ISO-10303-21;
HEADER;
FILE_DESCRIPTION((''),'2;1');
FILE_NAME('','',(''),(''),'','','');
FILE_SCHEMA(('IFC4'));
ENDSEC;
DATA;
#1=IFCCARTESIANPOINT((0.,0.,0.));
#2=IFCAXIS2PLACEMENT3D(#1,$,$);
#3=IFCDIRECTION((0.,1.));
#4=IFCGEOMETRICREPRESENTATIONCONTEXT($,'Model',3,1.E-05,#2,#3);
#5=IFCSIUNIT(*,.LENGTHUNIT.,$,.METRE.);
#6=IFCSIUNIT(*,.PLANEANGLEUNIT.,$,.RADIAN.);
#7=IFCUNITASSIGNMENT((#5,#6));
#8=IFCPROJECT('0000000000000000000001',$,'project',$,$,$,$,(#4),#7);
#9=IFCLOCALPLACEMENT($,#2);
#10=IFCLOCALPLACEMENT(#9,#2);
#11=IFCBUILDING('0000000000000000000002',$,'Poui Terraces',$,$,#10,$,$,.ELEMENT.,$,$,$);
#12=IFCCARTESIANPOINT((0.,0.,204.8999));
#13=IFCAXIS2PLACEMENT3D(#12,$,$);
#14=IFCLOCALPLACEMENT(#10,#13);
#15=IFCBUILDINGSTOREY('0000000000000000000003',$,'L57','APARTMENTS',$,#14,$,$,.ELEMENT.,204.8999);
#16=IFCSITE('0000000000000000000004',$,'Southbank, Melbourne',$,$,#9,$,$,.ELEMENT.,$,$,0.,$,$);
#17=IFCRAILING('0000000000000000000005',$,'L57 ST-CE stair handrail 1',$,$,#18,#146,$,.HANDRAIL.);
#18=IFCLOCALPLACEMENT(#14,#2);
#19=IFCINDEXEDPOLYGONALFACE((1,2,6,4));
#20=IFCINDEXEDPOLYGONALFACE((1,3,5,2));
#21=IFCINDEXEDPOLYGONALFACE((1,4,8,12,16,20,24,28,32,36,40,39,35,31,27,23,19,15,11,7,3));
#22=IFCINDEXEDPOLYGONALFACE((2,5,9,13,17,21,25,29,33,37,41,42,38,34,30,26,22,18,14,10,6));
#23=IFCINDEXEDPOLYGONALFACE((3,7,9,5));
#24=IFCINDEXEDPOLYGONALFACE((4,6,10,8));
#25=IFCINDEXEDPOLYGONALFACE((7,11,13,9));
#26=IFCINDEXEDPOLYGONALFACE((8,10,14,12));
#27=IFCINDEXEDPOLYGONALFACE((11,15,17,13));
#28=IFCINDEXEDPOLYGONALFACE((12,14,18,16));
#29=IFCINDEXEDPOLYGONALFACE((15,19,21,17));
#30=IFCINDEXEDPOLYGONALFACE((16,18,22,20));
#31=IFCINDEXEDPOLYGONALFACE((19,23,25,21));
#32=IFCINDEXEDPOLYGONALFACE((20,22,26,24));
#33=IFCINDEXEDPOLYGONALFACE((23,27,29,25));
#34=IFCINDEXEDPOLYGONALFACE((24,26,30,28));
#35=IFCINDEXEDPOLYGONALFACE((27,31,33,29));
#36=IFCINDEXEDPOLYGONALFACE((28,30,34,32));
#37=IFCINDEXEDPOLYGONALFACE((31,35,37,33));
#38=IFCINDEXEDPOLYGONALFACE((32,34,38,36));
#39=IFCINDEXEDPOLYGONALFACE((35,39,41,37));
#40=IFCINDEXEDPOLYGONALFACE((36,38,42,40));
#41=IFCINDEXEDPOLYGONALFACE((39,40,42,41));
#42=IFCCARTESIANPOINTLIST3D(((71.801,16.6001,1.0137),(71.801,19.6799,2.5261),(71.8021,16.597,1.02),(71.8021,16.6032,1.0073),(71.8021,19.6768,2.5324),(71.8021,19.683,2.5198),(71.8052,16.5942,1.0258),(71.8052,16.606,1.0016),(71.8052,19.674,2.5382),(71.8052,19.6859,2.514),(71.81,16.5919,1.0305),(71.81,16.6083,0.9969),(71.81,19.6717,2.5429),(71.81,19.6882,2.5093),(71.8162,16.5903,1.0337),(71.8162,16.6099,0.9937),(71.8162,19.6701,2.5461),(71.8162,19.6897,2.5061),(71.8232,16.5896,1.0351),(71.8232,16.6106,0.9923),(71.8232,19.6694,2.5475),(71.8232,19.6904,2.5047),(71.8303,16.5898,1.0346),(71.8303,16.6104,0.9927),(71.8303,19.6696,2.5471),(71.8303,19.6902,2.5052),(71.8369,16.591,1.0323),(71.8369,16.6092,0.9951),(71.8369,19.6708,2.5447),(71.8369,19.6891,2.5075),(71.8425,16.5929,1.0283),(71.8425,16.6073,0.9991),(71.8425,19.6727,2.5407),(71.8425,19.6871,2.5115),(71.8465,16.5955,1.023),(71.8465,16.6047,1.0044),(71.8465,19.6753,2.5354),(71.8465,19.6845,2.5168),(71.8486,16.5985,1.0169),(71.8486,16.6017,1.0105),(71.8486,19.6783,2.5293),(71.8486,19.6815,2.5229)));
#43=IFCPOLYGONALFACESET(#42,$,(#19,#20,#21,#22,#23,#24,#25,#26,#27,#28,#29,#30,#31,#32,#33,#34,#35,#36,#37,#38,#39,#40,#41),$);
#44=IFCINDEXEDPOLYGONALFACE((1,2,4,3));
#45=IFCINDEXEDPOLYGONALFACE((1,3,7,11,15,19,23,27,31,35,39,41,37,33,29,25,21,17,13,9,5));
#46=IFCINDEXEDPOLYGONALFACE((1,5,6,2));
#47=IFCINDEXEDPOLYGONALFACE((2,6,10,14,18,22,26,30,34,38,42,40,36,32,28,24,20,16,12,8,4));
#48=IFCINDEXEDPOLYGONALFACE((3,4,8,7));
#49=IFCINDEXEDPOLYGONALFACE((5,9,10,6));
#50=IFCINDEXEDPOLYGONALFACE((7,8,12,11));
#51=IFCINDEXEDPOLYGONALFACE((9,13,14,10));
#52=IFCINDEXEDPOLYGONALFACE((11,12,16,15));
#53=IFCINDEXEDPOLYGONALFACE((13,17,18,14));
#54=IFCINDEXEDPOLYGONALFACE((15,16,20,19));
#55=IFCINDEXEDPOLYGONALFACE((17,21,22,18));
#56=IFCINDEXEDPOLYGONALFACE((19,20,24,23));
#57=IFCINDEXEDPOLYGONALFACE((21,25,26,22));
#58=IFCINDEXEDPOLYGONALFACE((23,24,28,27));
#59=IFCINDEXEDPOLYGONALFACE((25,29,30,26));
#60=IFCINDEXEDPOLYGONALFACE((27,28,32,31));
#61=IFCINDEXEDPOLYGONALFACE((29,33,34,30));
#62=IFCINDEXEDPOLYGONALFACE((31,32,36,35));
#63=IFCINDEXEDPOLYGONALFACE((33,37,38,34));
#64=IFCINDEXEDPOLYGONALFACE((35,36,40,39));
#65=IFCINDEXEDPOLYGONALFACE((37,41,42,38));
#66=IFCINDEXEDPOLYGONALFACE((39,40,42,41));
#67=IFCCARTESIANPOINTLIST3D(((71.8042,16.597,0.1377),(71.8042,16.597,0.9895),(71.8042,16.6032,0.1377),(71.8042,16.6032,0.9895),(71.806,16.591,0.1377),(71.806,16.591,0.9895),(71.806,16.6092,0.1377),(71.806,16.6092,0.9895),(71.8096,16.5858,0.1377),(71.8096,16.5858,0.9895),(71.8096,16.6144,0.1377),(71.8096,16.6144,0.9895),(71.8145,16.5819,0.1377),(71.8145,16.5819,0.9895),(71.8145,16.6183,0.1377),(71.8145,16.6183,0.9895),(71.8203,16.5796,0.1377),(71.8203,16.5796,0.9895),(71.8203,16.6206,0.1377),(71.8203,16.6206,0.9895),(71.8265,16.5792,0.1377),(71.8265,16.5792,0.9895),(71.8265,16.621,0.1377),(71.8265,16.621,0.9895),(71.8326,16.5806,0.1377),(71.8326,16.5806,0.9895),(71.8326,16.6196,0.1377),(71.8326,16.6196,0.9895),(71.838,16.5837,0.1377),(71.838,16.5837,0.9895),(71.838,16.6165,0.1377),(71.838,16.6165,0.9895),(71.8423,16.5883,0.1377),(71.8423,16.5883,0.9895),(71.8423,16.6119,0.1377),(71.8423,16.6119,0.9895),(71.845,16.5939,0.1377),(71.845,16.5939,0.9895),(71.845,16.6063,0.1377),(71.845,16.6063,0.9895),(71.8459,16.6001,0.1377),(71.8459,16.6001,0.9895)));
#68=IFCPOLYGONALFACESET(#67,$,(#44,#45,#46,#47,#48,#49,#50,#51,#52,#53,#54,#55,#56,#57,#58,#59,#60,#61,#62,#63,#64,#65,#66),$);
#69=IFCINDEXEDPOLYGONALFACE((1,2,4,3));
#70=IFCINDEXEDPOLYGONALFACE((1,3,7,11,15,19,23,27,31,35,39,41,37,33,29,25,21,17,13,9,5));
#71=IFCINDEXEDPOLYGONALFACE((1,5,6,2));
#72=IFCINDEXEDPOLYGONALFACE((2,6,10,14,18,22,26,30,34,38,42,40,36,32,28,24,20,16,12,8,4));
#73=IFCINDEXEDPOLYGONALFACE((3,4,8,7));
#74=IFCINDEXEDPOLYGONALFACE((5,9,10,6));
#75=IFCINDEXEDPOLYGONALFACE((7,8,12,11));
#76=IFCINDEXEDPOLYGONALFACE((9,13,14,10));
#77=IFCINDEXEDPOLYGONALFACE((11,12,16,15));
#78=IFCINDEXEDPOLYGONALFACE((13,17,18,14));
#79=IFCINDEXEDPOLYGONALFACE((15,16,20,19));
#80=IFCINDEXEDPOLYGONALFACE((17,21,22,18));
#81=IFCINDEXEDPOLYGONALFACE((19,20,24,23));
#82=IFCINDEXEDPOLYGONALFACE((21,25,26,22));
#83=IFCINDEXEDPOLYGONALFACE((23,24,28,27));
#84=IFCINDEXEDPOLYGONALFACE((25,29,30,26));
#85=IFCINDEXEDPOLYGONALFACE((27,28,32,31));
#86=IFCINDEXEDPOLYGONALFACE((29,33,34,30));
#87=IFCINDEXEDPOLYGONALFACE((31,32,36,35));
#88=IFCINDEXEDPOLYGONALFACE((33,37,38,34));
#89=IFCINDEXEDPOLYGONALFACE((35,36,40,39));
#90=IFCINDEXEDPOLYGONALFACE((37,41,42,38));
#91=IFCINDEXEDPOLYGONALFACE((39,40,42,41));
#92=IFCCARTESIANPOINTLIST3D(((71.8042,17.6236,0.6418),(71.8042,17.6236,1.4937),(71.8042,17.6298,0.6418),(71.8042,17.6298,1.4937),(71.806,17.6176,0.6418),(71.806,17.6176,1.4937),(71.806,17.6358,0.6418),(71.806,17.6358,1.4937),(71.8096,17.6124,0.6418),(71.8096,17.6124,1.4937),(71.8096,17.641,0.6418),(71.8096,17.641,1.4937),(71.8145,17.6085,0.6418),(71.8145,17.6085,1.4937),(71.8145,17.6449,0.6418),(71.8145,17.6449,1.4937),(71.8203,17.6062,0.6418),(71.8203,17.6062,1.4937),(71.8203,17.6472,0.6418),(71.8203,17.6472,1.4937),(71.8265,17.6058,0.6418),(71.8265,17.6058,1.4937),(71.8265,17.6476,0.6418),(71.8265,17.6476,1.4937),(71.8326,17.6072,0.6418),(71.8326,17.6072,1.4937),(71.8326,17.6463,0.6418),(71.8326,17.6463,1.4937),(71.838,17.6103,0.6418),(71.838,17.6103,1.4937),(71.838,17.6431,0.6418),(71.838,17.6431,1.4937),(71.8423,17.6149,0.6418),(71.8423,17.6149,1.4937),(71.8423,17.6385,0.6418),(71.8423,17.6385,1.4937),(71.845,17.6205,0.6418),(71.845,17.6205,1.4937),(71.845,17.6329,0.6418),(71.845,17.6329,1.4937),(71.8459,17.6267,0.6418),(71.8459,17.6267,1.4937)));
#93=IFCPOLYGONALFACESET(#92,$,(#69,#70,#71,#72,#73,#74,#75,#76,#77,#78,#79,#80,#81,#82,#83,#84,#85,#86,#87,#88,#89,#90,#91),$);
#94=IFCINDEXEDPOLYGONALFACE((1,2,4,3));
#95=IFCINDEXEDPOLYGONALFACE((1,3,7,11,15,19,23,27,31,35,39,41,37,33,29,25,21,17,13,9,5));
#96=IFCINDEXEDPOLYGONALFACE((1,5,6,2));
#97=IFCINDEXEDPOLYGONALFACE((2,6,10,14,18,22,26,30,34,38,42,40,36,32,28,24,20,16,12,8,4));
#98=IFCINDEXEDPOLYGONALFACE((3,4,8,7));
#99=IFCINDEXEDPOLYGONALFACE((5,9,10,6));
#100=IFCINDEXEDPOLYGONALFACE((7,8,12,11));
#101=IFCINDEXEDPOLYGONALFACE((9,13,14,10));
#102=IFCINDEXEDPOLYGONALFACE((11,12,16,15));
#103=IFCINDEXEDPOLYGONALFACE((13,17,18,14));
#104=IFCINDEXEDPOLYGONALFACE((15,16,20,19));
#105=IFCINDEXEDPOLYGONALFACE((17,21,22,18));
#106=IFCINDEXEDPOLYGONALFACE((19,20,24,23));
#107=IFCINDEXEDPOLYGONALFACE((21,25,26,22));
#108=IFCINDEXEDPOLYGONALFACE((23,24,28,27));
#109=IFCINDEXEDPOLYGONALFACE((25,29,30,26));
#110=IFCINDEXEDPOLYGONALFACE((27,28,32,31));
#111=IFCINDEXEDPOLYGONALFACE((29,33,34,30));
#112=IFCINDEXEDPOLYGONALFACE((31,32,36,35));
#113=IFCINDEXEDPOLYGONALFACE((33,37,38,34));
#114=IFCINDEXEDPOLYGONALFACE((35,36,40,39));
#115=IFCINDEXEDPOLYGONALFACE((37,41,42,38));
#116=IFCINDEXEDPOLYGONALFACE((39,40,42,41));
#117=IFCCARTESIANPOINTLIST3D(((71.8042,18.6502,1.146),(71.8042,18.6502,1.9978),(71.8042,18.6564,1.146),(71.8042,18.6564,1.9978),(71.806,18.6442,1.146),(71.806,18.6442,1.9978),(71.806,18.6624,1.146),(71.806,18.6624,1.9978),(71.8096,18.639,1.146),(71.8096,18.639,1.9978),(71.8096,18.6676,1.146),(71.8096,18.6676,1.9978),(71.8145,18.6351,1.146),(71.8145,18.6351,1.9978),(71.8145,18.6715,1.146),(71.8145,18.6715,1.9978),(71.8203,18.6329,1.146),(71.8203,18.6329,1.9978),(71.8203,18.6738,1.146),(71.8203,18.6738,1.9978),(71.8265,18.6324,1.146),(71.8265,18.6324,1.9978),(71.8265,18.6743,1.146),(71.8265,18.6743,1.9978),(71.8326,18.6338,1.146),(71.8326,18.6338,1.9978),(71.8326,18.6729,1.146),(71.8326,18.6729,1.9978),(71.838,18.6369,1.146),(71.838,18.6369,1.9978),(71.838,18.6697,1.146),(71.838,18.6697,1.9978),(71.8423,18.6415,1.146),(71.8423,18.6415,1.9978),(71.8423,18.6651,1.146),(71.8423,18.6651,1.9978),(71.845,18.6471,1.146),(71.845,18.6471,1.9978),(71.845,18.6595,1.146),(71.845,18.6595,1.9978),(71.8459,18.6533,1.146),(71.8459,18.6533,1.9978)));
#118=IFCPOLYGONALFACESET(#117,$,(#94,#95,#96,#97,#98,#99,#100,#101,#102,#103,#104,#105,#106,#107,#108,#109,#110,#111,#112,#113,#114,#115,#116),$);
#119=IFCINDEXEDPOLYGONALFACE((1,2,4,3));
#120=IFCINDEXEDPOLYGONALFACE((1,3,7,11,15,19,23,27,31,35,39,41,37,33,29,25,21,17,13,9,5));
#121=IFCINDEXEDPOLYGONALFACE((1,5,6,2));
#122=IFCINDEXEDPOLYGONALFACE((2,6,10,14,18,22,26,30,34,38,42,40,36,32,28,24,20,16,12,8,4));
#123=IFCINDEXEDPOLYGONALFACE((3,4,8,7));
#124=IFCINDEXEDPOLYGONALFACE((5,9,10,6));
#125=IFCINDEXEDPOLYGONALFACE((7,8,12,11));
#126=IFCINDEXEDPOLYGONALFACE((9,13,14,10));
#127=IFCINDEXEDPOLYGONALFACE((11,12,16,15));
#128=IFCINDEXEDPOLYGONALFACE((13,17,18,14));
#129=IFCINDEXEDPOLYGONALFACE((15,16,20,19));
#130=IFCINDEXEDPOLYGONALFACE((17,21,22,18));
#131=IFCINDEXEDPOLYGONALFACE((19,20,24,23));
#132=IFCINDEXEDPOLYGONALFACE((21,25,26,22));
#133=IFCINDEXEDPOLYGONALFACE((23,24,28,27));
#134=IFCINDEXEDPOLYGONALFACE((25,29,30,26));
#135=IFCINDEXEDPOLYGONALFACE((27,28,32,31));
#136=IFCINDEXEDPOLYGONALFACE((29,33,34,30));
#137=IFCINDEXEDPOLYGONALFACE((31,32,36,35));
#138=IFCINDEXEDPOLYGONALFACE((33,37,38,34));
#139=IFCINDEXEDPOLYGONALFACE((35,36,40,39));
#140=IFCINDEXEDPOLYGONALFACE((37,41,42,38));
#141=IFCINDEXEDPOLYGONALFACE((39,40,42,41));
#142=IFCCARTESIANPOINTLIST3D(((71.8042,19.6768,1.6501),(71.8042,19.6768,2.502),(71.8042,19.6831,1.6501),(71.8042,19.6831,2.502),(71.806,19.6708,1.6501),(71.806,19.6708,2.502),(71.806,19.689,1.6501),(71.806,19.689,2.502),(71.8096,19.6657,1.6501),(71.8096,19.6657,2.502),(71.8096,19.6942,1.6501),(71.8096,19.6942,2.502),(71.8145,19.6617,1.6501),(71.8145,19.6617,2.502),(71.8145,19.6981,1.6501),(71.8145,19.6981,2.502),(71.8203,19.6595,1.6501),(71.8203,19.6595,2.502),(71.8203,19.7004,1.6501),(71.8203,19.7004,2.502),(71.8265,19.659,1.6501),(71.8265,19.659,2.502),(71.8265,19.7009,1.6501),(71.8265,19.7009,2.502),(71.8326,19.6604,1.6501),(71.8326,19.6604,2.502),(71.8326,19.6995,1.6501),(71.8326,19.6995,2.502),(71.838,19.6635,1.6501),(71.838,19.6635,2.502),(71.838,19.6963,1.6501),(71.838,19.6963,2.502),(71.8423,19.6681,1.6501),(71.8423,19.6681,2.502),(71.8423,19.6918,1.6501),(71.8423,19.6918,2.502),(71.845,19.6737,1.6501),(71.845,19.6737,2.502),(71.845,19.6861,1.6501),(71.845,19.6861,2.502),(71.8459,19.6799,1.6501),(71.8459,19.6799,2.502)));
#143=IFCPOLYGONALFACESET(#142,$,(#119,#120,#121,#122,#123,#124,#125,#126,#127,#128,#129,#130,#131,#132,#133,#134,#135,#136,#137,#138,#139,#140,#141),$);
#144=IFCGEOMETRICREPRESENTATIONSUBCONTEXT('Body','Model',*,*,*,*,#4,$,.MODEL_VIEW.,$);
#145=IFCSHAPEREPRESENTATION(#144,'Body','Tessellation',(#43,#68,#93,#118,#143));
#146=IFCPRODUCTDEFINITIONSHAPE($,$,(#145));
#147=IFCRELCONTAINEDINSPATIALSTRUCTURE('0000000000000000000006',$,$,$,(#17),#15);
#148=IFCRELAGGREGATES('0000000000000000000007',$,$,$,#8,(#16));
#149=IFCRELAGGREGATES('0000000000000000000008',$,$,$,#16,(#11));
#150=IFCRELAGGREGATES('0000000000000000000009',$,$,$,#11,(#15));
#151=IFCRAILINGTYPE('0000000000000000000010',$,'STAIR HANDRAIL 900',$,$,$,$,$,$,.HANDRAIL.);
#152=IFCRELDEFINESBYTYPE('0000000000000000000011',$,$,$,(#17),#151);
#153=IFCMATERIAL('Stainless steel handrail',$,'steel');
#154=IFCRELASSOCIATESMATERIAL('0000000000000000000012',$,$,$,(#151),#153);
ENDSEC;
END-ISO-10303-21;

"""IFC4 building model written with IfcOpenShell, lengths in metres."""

from ifc_helpers import new_model, si_unit, direction, frame, origin, origin_2d, place, context, subcontext, project, spatial, circle, extrude, material, type_object, element, save


model = new_model("IFC4")

# Units and contexts
model_context = context("Model", 3, precision=1e-05, world=origin(), true_north=direction((0.0, 1.0)))
body_context = subcontext(model_context, "Body", "Model", "MODEL_VIEW")
ifc_project = project(units=[si_unit("LENGTHUNIT", "METRE"), si_unit("PLANEANGLEUNIT", "RADIAN")], contexts=[model_context])

# Site, building, storey
site_placement = place(None, origin())
site = spatial("IfcSite", under=ifc_project, at=site_placement, Name="Southbank, Melbourne", CompositionType="ELEMENT", RefElevation=0.0)
building_placement = place(site_placement, origin())
building = spatial("IfcBuilding", under=site, at=building_placement, Name="Poui Terraces", CompositionType="ELEMENT")
storey_placement = place(building_placement, frame((0.0, 0.0, 204.8999)))
storey = spatial("IfcBuildingStorey", under=building, at=storey_placement, Name="L57", Description="APARTMENTS", CompositionType="ELEMENT", Elevation=204.8999)

# Railing
ifc_material_1 = material(Name="Stainless steel handrail", Category="steel")
railing_type_1 = type_object("IfcRailingType", Name="STAIR HANDRAIL 900", PredefinedType="HANDRAIL", material=ifc_material_1)
railing_1_placement = place(storey_placement, frame((71.825, 16.6001, 0.1377)))
element("IfcRailing", 1, at=railing_1_placement, inside=storey, type_object=railing_type_1, Name="L57 ST-CE stair handrail 1", PredefinedType="HANDRAIL", context=body_context, shape_type="SweptSolid", body=[
    extrude(circle(Radius=0.0239, at=origin_2d()), frame((0.0, 0.0, 0.876), z_axis=(0.0, 0.897606, 0.440798), x_axis=(-1.0, 0.0, 0.0)), (0.0, 0.0, 1.0), 3.4312),
    extrude(circle(Radius=0.021, at=origin_2d()), origin(), (0.0, 0.0, 1.0), 0.8518),
    extrude(circle(Radius=0.021, at=origin_2d()), frame((0.0, 1.0266, 0.5042)), (0.0, 0.0, 1.0), 0.8518),
    extrude(circle(Radius=0.021, at=origin_2d()), frame((0.0, 2.0532, 1.0083)), (0.0, 0.0, 1.0), 0.8518),
    extrude(circle(Radius=0.021, at=origin_2d()), frame((0.0, 3.0798, 1.5125)), (0.0, 0.0, 1.0), 0.8518),
])

save(model, "model.ifc")
